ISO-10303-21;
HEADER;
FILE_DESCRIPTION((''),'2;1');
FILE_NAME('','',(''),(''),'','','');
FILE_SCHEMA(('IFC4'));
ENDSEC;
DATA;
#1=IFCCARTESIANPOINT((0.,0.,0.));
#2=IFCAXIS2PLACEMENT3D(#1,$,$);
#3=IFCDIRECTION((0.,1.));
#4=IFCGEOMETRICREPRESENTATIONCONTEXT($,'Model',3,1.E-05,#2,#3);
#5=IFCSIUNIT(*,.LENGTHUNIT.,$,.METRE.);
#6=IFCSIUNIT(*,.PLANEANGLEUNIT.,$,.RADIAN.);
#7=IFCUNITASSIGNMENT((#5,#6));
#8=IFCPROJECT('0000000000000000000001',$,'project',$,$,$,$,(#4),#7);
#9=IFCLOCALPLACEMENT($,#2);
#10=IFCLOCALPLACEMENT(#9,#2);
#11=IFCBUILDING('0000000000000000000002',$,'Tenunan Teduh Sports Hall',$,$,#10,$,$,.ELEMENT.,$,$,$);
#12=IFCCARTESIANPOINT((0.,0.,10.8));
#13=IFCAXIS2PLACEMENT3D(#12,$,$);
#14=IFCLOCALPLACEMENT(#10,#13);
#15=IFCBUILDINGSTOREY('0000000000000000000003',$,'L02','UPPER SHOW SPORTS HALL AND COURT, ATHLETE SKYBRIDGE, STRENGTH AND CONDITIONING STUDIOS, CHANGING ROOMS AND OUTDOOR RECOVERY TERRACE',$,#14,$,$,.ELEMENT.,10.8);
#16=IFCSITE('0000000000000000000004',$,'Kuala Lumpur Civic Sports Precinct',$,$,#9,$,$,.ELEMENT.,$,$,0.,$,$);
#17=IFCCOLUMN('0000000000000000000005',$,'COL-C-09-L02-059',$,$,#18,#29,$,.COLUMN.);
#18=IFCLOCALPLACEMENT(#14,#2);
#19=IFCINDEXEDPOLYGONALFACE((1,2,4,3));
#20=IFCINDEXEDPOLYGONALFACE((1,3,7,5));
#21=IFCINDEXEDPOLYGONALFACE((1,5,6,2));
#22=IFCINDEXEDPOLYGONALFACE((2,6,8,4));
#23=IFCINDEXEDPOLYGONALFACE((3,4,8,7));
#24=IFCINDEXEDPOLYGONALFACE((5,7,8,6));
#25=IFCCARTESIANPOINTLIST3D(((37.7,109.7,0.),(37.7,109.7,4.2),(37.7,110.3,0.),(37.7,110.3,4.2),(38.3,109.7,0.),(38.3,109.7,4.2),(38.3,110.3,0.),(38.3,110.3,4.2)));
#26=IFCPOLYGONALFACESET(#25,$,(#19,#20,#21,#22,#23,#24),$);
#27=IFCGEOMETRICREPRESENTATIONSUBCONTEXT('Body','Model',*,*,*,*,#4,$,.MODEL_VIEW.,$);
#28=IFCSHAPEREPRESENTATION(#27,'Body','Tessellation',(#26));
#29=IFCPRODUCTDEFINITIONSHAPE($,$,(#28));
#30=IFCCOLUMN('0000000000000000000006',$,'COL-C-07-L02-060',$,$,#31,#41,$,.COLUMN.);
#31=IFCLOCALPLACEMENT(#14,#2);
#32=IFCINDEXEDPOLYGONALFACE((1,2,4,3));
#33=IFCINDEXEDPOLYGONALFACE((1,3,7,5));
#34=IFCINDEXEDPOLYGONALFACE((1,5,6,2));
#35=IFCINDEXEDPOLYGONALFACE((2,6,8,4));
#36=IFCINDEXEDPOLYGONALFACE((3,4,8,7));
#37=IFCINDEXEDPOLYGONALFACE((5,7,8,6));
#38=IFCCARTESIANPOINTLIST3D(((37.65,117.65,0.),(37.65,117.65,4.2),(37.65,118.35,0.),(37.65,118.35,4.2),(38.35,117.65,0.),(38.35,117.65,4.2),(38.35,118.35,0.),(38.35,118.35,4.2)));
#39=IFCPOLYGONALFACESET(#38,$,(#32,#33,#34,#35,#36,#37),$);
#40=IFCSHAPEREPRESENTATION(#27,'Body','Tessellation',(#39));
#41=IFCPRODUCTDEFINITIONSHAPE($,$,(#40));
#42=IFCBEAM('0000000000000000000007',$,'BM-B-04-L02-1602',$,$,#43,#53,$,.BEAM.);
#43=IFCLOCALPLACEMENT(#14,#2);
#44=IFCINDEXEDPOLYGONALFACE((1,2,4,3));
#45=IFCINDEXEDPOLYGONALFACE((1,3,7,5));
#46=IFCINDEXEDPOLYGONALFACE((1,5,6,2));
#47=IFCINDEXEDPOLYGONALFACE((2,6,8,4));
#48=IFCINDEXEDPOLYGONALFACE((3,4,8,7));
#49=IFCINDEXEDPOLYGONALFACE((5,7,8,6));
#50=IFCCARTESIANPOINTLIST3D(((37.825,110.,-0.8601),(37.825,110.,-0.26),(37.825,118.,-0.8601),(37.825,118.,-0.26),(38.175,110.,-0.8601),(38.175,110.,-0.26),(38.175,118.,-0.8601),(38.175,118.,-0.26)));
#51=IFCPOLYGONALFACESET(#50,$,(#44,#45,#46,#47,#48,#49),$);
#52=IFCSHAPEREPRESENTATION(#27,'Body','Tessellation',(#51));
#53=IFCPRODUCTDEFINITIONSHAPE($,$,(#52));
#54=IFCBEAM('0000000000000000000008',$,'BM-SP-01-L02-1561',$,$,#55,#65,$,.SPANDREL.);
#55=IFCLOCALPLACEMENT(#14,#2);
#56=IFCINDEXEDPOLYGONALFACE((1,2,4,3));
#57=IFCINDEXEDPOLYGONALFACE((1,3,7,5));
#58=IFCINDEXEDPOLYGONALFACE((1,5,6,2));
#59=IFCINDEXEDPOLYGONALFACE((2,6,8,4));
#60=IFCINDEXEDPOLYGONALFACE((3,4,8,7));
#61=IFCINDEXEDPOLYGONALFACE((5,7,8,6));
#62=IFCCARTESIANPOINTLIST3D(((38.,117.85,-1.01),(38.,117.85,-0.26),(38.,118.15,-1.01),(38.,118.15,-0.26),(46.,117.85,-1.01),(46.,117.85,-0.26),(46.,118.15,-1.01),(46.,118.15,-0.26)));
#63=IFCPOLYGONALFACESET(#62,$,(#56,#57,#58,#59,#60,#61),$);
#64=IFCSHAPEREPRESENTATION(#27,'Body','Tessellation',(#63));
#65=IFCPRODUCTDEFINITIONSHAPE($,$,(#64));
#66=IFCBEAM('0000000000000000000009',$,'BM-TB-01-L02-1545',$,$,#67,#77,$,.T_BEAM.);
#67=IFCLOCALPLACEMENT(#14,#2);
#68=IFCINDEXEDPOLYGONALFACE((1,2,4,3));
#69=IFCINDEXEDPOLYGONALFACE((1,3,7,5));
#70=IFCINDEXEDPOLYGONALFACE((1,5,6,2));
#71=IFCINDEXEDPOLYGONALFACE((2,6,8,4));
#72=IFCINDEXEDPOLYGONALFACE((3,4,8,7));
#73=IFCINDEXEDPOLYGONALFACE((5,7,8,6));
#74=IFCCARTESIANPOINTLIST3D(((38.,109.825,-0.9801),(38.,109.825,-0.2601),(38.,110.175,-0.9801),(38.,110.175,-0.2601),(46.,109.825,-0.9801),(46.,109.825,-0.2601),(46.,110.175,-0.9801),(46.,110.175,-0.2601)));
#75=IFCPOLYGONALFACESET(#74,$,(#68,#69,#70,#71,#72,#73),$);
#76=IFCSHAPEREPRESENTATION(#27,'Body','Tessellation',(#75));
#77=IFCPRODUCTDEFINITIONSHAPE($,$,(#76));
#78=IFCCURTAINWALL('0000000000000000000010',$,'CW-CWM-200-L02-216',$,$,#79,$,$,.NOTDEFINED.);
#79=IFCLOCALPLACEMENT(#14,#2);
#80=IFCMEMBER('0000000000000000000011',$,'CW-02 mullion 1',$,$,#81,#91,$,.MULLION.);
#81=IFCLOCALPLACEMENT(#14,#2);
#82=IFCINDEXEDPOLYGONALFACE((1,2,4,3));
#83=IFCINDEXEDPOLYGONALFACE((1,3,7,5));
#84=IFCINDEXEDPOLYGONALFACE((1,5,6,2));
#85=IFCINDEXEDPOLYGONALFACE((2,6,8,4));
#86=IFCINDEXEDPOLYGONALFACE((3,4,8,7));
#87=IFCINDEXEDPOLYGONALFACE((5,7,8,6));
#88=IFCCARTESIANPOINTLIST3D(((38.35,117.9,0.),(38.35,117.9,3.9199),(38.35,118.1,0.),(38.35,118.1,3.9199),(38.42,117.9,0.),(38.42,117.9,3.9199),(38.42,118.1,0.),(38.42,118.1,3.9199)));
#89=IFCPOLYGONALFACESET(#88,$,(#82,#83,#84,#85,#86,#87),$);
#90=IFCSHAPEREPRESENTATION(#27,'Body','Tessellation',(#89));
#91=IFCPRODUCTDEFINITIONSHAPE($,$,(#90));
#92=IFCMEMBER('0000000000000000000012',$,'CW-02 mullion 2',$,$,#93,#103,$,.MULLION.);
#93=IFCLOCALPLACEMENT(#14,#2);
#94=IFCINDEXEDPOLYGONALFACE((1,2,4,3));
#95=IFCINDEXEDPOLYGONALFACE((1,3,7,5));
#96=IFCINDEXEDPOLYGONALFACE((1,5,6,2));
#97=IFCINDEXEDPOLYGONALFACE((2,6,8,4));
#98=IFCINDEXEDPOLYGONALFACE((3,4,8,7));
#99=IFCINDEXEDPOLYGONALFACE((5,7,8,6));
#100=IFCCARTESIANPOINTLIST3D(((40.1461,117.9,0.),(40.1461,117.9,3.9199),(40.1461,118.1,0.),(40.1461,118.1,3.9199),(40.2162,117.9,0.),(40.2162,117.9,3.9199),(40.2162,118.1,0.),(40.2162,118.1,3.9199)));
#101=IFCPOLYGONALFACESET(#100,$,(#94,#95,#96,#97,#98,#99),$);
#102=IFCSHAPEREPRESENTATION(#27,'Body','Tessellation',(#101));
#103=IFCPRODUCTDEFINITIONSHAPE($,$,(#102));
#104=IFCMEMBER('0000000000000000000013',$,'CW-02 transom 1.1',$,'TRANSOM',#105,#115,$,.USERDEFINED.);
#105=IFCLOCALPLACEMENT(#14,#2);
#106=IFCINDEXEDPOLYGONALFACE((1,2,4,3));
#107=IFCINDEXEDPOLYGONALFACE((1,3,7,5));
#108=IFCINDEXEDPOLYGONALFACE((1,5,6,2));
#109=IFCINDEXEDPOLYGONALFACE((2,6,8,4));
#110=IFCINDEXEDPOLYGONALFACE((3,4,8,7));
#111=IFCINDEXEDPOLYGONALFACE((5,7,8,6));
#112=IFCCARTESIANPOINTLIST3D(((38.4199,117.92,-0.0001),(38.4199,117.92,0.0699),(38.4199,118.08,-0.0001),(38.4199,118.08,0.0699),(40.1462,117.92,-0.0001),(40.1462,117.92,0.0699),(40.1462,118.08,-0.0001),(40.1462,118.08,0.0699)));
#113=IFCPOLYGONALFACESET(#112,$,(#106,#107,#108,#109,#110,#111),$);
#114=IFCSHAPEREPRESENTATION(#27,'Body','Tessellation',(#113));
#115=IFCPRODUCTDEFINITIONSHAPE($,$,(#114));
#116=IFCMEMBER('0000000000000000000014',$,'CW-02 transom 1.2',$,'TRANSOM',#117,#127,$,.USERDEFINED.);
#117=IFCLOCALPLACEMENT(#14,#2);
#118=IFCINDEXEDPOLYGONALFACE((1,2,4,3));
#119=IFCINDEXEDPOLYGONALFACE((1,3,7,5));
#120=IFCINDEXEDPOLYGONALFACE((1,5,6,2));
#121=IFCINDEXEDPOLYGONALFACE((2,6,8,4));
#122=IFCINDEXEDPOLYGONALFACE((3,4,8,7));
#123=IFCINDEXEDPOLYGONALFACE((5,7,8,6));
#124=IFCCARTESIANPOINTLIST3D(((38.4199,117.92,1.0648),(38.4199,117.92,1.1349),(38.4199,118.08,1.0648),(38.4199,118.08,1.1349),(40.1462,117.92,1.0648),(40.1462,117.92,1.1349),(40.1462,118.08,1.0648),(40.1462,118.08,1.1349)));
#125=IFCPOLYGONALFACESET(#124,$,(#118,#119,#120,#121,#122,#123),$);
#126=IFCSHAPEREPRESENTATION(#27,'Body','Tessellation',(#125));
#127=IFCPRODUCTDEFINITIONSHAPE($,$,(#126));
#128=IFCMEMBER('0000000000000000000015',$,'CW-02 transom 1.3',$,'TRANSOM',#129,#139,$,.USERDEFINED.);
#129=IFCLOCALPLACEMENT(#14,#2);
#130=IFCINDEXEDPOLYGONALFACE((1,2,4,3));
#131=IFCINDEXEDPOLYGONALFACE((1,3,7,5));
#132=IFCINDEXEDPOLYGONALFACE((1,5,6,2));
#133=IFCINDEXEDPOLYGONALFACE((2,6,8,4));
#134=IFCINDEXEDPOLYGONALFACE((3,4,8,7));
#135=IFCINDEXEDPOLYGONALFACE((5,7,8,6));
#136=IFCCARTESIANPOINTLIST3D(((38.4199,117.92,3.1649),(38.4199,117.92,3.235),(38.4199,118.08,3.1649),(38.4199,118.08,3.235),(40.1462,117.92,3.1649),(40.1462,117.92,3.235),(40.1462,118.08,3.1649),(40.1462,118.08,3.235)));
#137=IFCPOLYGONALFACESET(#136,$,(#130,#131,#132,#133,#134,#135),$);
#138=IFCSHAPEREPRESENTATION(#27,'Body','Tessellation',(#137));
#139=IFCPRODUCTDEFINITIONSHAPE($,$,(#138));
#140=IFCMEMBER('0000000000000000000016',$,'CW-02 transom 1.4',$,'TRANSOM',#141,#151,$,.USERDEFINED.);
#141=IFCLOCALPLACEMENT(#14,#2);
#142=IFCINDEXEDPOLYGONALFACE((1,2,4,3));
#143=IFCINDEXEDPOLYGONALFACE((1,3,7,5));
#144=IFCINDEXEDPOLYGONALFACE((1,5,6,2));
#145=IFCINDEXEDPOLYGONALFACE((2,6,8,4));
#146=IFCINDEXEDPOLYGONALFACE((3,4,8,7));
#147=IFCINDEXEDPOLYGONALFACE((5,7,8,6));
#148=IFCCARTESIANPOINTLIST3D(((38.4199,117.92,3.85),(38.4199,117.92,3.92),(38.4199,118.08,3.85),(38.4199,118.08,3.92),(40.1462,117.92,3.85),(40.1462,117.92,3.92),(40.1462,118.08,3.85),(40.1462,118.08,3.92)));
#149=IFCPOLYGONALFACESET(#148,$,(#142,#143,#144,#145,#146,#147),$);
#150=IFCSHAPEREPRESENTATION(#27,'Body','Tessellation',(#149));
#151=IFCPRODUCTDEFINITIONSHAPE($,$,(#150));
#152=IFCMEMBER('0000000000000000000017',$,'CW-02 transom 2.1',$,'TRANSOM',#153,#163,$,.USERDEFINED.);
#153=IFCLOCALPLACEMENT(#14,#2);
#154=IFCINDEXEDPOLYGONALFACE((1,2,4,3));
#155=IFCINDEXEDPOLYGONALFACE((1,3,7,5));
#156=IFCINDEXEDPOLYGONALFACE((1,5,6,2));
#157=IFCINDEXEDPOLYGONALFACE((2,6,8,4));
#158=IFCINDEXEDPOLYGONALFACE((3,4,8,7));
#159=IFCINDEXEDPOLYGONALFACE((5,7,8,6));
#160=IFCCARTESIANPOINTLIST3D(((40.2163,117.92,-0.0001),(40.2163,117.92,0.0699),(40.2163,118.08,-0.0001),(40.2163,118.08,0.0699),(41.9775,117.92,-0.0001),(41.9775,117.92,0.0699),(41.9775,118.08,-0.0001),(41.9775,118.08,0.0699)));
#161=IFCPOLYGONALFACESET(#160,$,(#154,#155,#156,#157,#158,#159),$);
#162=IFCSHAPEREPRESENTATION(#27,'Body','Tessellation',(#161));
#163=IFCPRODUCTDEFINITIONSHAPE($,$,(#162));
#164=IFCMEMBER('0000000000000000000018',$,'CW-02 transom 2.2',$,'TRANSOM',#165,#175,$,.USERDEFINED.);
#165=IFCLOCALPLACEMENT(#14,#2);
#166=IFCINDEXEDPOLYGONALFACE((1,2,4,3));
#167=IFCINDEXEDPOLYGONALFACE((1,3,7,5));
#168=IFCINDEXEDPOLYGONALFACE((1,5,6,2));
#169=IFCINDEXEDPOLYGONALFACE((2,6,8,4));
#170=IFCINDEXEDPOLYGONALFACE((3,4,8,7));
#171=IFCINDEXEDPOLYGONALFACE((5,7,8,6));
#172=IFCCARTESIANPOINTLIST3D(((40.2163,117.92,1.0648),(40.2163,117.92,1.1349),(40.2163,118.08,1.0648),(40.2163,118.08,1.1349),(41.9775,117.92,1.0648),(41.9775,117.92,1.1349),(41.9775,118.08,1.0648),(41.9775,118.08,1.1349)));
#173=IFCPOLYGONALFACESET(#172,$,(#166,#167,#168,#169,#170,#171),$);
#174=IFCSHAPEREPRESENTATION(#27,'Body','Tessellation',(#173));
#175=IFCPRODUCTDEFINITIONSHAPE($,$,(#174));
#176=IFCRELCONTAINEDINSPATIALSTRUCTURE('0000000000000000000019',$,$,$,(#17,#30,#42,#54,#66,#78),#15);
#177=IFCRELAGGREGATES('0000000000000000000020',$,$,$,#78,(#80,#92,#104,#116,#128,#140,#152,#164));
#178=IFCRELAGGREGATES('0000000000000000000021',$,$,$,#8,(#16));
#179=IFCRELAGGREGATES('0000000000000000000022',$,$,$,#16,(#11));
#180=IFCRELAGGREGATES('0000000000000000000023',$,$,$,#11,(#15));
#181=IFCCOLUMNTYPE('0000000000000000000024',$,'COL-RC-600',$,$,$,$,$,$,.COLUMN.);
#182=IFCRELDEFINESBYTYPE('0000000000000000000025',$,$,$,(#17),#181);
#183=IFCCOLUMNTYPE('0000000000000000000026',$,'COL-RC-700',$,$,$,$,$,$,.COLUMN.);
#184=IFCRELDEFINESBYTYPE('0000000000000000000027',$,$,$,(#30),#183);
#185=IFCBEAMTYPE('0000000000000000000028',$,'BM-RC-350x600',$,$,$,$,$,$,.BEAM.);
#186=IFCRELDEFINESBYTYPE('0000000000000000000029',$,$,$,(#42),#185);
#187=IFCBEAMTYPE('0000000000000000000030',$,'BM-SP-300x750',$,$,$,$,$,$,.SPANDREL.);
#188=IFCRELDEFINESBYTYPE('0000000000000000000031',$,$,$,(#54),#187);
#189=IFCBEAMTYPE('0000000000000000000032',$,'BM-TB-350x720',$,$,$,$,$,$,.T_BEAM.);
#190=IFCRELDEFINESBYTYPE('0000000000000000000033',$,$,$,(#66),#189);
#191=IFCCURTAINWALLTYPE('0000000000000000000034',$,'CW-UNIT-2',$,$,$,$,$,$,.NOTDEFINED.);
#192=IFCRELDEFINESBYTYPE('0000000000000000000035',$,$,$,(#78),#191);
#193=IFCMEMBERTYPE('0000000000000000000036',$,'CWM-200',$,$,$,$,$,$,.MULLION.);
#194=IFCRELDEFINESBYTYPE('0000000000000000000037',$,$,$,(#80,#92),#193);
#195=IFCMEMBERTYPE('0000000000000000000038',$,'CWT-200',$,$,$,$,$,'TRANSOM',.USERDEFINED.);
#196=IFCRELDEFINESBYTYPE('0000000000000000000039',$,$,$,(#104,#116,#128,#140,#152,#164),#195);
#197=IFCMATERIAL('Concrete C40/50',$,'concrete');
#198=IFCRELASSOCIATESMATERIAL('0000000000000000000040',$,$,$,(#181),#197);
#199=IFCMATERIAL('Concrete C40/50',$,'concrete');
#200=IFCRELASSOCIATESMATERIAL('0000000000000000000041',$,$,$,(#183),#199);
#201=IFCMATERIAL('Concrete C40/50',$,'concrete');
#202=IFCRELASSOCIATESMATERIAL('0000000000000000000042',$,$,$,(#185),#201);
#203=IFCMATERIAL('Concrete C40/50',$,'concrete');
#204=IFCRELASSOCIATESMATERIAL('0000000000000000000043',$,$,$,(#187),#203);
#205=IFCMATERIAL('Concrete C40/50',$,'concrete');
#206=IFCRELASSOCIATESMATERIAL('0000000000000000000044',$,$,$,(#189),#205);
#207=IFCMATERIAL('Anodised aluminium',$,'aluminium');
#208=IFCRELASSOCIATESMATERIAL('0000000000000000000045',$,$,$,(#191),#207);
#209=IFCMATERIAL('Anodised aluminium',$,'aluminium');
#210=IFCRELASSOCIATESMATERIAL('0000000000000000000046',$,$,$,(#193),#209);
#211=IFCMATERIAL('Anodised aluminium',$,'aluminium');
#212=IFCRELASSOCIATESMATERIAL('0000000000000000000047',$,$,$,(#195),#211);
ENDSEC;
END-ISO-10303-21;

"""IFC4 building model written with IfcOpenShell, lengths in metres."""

from ifc_helpers import new_model, si_unit, direction, frame, origin, origin_2d, place, context, subcontext, project, spatial, rectangle, extrude, material, material_profile, profile_set, type_object, element, aggregate, save


model = new_model("IFC4")

# Units and contexts
model_context = context("Model", 3, precision=1e-05, world=origin(), true_north=direction((0.0, 1.0)))
body_context = subcontext(model_context, "Body", "Model", "MODEL_VIEW")
ifc_project = project(units=[si_unit("LENGTHUNIT", "METRE"), si_unit("PLANEANGLEUNIT", "RADIAN")], contexts=[model_context])

# Site, building, storey
site_placement = place(None, origin())
site = spatial("IfcSite", under=ifc_project, at=site_placement, Name="Kuala Lumpur Civic Sports Precinct", CompositionType="ELEMENT", RefElevation=0.0)
building_placement = place(site_placement, origin())
building = spatial("IfcBuilding", under=site, at=building_placement, Name="Tenunan Teduh Sports Hall", CompositionType="ELEMENT")
storey_placement = place(building_placement, frame((0.0, 0.0, 10.8)))
storey = spatial("IfcBuildingStorey", under=building, at=storey_placement, Name="L02", Description="UPPER SHOW SPORTS HALL AND COURT, ATHLETE SKYBRIDGE, STRENGTH AND CONDITIONING STUDIOS, CHANGING ROOMS AND OUTDOOR RECOVERY TERRACE", CompositionType="ELEMENT", Elevation=10.8)

# Columns
ifc_material_1 = material(Name="Concrete C40/50", Category="concrete")
ifc_material_profile_1 = material_profile(ifc_material_1, rectangle(XDim=0.6001, YDim=0.6001, at=origin_2d()), Name="RC 600x600")
ifc_profile_set_1 = profile_set([ifc_material_profile_1], Name="Concrete C40/50")
column_type_1 = type_object("IfcColumnType", Name="COL-RC-600", PredefinedType="COLUMN", material=ifc_profile_set_1)
column_1_placement = place(storey_placement, frame((38.0, 110.0, 0.0), z_axis=(0.0, 0.0, 1.0), x_axis=(1.0, 0.0, 0.0)))
element("IfcColumn", 1, at=column_1_placement, inside=storey, type_object=column_type_1, Name="COL-C-09-L02-059", PredefinedType="COLUMN", context=body_context, shape_type="SweptSolid", body=[
    extrude(rectangle(XDim=0.6001, YDim=0.6001, at=origin_2d()), origin(), (0.0, 0.0, 1.0), 4.2),
])
ifc_material_2 = material(Name="Concrete C40/50", Category="concrete")
ifc_material_profile_2 = material_profile(ifc_material_2, rectangle(XDim=0.7, YDim=0.7, at=origin_2d()), Name="RC 700x700")
ifc_profile_set_2 = profile_set([ifc_material_profile_2], Name="Concrete C40/50")
column_type_2 = type_object("IfcColumnType", Name="COL-RC-700", PredefinedType="COLUMN", material=ifc_profile_set_2)
column_2_placement = place(storey_placement, frame((38.0, 118.0, 0.0), z_axis=(0.0, 0.0, 1.0), x_axis=(1.0, 0.0, 0.0)))
element("IfcColumn", 2, at=column_2_placement, inside=storey, type_object=column_type_2, Name="COL-C-07-L02-060", PredefinedType="COLUMN", context=body_context, shape_type="SweptSolid", body=[
    extrude(rectangle(XDim=0.7, YDim=0.7, at=origin_2d()), origin(), (0.0, 0.0, 1.0), 4.2),
])

# Beams
ifc_material_3 = material(Name="Concrete C40/50", Category="concrete")
ifc_material_profile_3 = material_profile(ifc_material_3, rectangle(XDim=0.3501, YDim=0.6001, at=origin_2d()), Name="RCB 350x600")
ifc_profile_set_3 = profile_set([ifc_material_profile_3], Name="Concrete C40/50")
beam_type_1 = type_object("IfcBeamType", Name="BM-RC-350x600", PredefinedType="BEAM", material=ifc_profile_set_3)
beam_1_placement = place(storey_placement, frame((38.0, 110.0, -0.5601), z_axis=(0.0, 1.0, 0.0), x_axis=(-1.0, 0.0, 0.0)))
element("IfcBeam", 3, at=beam_1_placement, inside=storey, type_object=beam_type_1, Name="BM-B-04-L02-1602", PredefinedType="BEAM", context=body_context, shape_type="SweptSolid", body=[
    extrude(rectangle(XDim=0.3501, YDim=0.6001, at=origin_2d()), origin(), (0.0, 0.0, 1.0), 8.0),
])
ifc_material_4 = material(Name="Concrete C40/50", Category="concrete")
ifc_material_profile_4 = material_profile(ifc_material_4, rectangle(XDim=0.3, YDim=0.75, at=origin_2d()), Name="SPB 300x750")
ifc_profile_set_4 = profile_set([ifc_material_profile_4], Name="Concrete C40/50")
beam_type_2 = type_object("IfcBeamType", Name="BM-SP-300x750", PredefinedType="SPANDREL", material=ifc_profile_set_4)
beam_2_placement = place(storey_placement, frame((38.0, 118.0, -0.635), z_axis=(1.0, 0.0, 0.0), x_axis=(0.0, 1.0, 0.0)))
element("IfcBeam", 4, at=beam_2_placement, inside=storey, type_object=beam_type_2, Name="BM-SP-01-L02-1561", PredefinedType="SPANDREL", context=body_context, shape_type="SweptSolid", body=[
    extrude(rectangle(XDim=0.3, YDim=0.75, at=origin_2d()), origin(), (0.0, 0.0, 1.0), 8.0),
])
ifc_material_5 = material(Name="Concrete C40/50", Category="concrete")
ifc_material_profile_5 = material_profile(ifc_material_5, rectangle(XDim=0.3501, YDim=0.72, at=origin_2d()), Name="TB 350x720")
ifc_profile_set_5 = profile_set([ifc_material_profile_5], Name="Concrete C40/50")
beam_type_3 = type_object("IfcBeamType", Name="BM-TB-350x720", PredefinedType="T_BEAM", material=ifc_profile_set_5)
beam_3_placement = place(storey_placement, frame((38.0, 110.0, -0.6201), z_axis=(1.0, 0.0, 0.0), x_axis=(0.0, 1.0, 0.0)))
element("IfcBeam", 5, at=beam_3_placement, inside=storey, type_object=beam_type_3, Name="BM-TB-01-L02-1545", PredefinedType="T_BEAM", context=body_context, shape_type="SweptSolid", body=[
    extrude(rectangle(XDim=0.3501, YDim=0.72, at=origin_2d()), origin(), (0.0, 0.0, 1.0), 8.0),
])

# Curtain wall, members
ifc_material_6 = material(Name="Anodised aluminium", Category="aluminium")
curtain_wall_type = type_object("IfcCurtainWallType", Name="CW-UNIT-2", PredefinedType="NOTDEFINED", material=ifc_material_6)
curtain_wall_placement = place(storey_placement, origin())
curtain_wall = element("IfcCurtainWall", 6, at=curtain_wall_placement, inside=storey, type_object=curtain_wall_type, Name="CW-CWM-200-L02-216", PredefinedType="NOTDEFINED")
ifc_material_7 = material(Name="Anodised aluminium", Category="aluminium")
ifc_material_profile_6 = material_profile(ifc_material_7, rectangle(XDim=0.0701, YDim=0.2, at=origin_2d()), Name="CWM 70x200")
ifc_profile_set_6 = profile_set([ifc_material_profile_6], Name="Anodised aluminium")
member_type_1 = type_object("IfcMemberType", Name="CWM-200", PredefinedType="MULLION", material=ifc_profile_set_6)
member_1_placement = place(storey_placement, frame((38.385, 118.0, 0.0), z_axis=(0.0, 0.0, 1.0), x_axis=(1.0, 0.0, 0.0)))
member_1 = element("IfcMember", 7, at=member_1_placement, type_object=member_type_1, Name="CW-02 mullion 1", PredefinedType="MULLION", context=body_context, shape_type="SweptSolid", body=[
    extrude(rectangle(XDim=0.0701, YDim=0.2, at=origin_2d()), origin(), (0.0, 0.0, 1.0), 3.9199),
])
member_2_placement = place(storey_placement, frame((40.1812, 118.0, 0.0), z_axis=(0.0, 0.0, 1.0), x_axis=(1.0, 0.0, 0.0)))
member_2 = element("IfcMember", 8, at=member_2_placement, type_object=member_type_1, Name="CW-02 mullion 2", PredefinedType="MULLION", context=body_context, shape_type="SweptSolid", body=[
    extrude(rectangle(XDim=0.0701, YDim=0.2, at=origin_2d()), origin(), (0.0, 0.0, 1.0), 3.9199),
])
ifc_material_8 = material(Name="Anodised aluminium", Category="aluminium")
ifc_material_profile_7 = material_profile(ifc_material_8, rectangle(XDim=0.0701, YDim=0.1599, at=origin_2d()), Name="CWT 70x160")
ifc_profile_set_7 = profile_set([ifc_material_profile_7], Name="Anodised aluminium")
member_type_2 = type_object("IfcMemberType", Name="CWT-200", ElementType="TRANSOM", PredefinedType="USERDEFINED", material=ifc_profile_set_7)
member_3_placement = place(storey_placement, frame((38.4199, 118.0, 0.0349), z_axis=(1.0, 0.0, 0.0), x_axis=(0.0, 0.0, 1.0)))
member_3 = element("IfcMember", 9, at=member_3_placement, type_object=member_type_2, Name="CW-02 transom 1.1", ObjectType="TRANSOM", PredefinedType="USERDEFINED", context=body_context, shape_type="SweptSolid", body=[
    extrude(rectangle(XDim=0.0701, YDim=0.1599, at=origin_2d()), origin(), (0.0, 0.0, 1.0), 1.7263),
])
member_4_placement = place(storey_placement, frame((38.4199, 118.0, 1.0999), z_axis=(1.0, 0.0, 0.0), x_axis=(0.0, 0.0, 1.0)))
member_4 = element("IfcMember", 10, at=member_4_placement, type_object=member_type_2, Name="CW-02 transom 1.2", ObjectType="TRANSOM", PredefinedType="USERDEFINED", context=body_context, shape_type="SweptSolid", body=[
    extrude(rectangle(XDim=0.0701, YDim=0.1599, at=origin_2d()), origin(), (0.0, 0.0, 1.0), 1.7263),
])
member_5_placement = place(storey_placement, frame((38.4199, 118.0, 3.2), z_axis=(1.0, 0.0, 0.0), x_axis=(0.0, 0.0, 1.0)))
member_5 = element("IfcMember", 11, at=member_5_placement, type_object=member_type_2, Name="CW-02 transom 1.3", ObjectType="TRANSOM", PredefinedType="USERDEFINED", context=body_context, shape_type="SweptSolid", body=[
    extrude(rectangle(XDim=0.0701, YDim=0.1599, at=origin_2d()), origin(), (0.0, 0.0, 1.0), 1.7263),
])
member_6_placement = place(storey_placement, frame((38.4199, 118.0, 3.885), z_axis=(1.0, 0.0, 0.0), x_axis=(0.0, 0.0, 1.0)))
member_6 = element("IfcMember", 12, at=member_6_placement, type_object=member_type_2, Name="CW-02 transom 1.4", ObjectType="TRANSOM", PredefinedType="USERDEFINED", context=body_context, shape_type="SweptSolid", body=[
    extrude(rectangle(XDim=0.0701, YDim=0.1599, at=origin_2d()), origin(), (0.0, 0.0, 1.0), 1.7263),
])
member_7_placement = place(storey_placement, frame((40.2163, 118.0, 0.0349), z_axis=(1.0, 0.0, 0.0), x_axis=(0.0, 0.0, 1.0)))
member_7 = element("IfcMember", 13, at=member_7_placement, type_object=member_type_2, Name="CW-02 transom 2.1", ObjectType="TRANSOM", PredefinedType="USERDEFINED", context=body_context, shape_type="SweptSolid", body=[
    extrude(rectangle(XDim=0.0701, YDim=0.1599, at=origin_2d()), origin(), (0.0, 0.0, 1.0), 1.7612),
])
member_8_placement = place(storey_placement, frame((40.2163, 118.0, 1.0999), z_axis=(1.0, 0.0, 0.0), x_axis=(0.0, 0.0, 1.0)))
member_8 = element("IfcMember", 14, at=member_8_placement, type_object=member_type_2, Name="CW-02 transom 2.2", ObjectType="TRANSOM", PredefinedType="USERDEFINED", context=body_context, shape_type="SweptSolid", body=[
    extrude(rectangle(XDim=0.0701, YDim=0.1599, at=origin_2d()), origin(), (0.0, 0.0, 1.0), 1.7612),
])

aggregate(curtain_wall, [member_1, member_2, member_3, member_4, member_5, member_6, member_7, member_8])

save(model, "model.ifc")
